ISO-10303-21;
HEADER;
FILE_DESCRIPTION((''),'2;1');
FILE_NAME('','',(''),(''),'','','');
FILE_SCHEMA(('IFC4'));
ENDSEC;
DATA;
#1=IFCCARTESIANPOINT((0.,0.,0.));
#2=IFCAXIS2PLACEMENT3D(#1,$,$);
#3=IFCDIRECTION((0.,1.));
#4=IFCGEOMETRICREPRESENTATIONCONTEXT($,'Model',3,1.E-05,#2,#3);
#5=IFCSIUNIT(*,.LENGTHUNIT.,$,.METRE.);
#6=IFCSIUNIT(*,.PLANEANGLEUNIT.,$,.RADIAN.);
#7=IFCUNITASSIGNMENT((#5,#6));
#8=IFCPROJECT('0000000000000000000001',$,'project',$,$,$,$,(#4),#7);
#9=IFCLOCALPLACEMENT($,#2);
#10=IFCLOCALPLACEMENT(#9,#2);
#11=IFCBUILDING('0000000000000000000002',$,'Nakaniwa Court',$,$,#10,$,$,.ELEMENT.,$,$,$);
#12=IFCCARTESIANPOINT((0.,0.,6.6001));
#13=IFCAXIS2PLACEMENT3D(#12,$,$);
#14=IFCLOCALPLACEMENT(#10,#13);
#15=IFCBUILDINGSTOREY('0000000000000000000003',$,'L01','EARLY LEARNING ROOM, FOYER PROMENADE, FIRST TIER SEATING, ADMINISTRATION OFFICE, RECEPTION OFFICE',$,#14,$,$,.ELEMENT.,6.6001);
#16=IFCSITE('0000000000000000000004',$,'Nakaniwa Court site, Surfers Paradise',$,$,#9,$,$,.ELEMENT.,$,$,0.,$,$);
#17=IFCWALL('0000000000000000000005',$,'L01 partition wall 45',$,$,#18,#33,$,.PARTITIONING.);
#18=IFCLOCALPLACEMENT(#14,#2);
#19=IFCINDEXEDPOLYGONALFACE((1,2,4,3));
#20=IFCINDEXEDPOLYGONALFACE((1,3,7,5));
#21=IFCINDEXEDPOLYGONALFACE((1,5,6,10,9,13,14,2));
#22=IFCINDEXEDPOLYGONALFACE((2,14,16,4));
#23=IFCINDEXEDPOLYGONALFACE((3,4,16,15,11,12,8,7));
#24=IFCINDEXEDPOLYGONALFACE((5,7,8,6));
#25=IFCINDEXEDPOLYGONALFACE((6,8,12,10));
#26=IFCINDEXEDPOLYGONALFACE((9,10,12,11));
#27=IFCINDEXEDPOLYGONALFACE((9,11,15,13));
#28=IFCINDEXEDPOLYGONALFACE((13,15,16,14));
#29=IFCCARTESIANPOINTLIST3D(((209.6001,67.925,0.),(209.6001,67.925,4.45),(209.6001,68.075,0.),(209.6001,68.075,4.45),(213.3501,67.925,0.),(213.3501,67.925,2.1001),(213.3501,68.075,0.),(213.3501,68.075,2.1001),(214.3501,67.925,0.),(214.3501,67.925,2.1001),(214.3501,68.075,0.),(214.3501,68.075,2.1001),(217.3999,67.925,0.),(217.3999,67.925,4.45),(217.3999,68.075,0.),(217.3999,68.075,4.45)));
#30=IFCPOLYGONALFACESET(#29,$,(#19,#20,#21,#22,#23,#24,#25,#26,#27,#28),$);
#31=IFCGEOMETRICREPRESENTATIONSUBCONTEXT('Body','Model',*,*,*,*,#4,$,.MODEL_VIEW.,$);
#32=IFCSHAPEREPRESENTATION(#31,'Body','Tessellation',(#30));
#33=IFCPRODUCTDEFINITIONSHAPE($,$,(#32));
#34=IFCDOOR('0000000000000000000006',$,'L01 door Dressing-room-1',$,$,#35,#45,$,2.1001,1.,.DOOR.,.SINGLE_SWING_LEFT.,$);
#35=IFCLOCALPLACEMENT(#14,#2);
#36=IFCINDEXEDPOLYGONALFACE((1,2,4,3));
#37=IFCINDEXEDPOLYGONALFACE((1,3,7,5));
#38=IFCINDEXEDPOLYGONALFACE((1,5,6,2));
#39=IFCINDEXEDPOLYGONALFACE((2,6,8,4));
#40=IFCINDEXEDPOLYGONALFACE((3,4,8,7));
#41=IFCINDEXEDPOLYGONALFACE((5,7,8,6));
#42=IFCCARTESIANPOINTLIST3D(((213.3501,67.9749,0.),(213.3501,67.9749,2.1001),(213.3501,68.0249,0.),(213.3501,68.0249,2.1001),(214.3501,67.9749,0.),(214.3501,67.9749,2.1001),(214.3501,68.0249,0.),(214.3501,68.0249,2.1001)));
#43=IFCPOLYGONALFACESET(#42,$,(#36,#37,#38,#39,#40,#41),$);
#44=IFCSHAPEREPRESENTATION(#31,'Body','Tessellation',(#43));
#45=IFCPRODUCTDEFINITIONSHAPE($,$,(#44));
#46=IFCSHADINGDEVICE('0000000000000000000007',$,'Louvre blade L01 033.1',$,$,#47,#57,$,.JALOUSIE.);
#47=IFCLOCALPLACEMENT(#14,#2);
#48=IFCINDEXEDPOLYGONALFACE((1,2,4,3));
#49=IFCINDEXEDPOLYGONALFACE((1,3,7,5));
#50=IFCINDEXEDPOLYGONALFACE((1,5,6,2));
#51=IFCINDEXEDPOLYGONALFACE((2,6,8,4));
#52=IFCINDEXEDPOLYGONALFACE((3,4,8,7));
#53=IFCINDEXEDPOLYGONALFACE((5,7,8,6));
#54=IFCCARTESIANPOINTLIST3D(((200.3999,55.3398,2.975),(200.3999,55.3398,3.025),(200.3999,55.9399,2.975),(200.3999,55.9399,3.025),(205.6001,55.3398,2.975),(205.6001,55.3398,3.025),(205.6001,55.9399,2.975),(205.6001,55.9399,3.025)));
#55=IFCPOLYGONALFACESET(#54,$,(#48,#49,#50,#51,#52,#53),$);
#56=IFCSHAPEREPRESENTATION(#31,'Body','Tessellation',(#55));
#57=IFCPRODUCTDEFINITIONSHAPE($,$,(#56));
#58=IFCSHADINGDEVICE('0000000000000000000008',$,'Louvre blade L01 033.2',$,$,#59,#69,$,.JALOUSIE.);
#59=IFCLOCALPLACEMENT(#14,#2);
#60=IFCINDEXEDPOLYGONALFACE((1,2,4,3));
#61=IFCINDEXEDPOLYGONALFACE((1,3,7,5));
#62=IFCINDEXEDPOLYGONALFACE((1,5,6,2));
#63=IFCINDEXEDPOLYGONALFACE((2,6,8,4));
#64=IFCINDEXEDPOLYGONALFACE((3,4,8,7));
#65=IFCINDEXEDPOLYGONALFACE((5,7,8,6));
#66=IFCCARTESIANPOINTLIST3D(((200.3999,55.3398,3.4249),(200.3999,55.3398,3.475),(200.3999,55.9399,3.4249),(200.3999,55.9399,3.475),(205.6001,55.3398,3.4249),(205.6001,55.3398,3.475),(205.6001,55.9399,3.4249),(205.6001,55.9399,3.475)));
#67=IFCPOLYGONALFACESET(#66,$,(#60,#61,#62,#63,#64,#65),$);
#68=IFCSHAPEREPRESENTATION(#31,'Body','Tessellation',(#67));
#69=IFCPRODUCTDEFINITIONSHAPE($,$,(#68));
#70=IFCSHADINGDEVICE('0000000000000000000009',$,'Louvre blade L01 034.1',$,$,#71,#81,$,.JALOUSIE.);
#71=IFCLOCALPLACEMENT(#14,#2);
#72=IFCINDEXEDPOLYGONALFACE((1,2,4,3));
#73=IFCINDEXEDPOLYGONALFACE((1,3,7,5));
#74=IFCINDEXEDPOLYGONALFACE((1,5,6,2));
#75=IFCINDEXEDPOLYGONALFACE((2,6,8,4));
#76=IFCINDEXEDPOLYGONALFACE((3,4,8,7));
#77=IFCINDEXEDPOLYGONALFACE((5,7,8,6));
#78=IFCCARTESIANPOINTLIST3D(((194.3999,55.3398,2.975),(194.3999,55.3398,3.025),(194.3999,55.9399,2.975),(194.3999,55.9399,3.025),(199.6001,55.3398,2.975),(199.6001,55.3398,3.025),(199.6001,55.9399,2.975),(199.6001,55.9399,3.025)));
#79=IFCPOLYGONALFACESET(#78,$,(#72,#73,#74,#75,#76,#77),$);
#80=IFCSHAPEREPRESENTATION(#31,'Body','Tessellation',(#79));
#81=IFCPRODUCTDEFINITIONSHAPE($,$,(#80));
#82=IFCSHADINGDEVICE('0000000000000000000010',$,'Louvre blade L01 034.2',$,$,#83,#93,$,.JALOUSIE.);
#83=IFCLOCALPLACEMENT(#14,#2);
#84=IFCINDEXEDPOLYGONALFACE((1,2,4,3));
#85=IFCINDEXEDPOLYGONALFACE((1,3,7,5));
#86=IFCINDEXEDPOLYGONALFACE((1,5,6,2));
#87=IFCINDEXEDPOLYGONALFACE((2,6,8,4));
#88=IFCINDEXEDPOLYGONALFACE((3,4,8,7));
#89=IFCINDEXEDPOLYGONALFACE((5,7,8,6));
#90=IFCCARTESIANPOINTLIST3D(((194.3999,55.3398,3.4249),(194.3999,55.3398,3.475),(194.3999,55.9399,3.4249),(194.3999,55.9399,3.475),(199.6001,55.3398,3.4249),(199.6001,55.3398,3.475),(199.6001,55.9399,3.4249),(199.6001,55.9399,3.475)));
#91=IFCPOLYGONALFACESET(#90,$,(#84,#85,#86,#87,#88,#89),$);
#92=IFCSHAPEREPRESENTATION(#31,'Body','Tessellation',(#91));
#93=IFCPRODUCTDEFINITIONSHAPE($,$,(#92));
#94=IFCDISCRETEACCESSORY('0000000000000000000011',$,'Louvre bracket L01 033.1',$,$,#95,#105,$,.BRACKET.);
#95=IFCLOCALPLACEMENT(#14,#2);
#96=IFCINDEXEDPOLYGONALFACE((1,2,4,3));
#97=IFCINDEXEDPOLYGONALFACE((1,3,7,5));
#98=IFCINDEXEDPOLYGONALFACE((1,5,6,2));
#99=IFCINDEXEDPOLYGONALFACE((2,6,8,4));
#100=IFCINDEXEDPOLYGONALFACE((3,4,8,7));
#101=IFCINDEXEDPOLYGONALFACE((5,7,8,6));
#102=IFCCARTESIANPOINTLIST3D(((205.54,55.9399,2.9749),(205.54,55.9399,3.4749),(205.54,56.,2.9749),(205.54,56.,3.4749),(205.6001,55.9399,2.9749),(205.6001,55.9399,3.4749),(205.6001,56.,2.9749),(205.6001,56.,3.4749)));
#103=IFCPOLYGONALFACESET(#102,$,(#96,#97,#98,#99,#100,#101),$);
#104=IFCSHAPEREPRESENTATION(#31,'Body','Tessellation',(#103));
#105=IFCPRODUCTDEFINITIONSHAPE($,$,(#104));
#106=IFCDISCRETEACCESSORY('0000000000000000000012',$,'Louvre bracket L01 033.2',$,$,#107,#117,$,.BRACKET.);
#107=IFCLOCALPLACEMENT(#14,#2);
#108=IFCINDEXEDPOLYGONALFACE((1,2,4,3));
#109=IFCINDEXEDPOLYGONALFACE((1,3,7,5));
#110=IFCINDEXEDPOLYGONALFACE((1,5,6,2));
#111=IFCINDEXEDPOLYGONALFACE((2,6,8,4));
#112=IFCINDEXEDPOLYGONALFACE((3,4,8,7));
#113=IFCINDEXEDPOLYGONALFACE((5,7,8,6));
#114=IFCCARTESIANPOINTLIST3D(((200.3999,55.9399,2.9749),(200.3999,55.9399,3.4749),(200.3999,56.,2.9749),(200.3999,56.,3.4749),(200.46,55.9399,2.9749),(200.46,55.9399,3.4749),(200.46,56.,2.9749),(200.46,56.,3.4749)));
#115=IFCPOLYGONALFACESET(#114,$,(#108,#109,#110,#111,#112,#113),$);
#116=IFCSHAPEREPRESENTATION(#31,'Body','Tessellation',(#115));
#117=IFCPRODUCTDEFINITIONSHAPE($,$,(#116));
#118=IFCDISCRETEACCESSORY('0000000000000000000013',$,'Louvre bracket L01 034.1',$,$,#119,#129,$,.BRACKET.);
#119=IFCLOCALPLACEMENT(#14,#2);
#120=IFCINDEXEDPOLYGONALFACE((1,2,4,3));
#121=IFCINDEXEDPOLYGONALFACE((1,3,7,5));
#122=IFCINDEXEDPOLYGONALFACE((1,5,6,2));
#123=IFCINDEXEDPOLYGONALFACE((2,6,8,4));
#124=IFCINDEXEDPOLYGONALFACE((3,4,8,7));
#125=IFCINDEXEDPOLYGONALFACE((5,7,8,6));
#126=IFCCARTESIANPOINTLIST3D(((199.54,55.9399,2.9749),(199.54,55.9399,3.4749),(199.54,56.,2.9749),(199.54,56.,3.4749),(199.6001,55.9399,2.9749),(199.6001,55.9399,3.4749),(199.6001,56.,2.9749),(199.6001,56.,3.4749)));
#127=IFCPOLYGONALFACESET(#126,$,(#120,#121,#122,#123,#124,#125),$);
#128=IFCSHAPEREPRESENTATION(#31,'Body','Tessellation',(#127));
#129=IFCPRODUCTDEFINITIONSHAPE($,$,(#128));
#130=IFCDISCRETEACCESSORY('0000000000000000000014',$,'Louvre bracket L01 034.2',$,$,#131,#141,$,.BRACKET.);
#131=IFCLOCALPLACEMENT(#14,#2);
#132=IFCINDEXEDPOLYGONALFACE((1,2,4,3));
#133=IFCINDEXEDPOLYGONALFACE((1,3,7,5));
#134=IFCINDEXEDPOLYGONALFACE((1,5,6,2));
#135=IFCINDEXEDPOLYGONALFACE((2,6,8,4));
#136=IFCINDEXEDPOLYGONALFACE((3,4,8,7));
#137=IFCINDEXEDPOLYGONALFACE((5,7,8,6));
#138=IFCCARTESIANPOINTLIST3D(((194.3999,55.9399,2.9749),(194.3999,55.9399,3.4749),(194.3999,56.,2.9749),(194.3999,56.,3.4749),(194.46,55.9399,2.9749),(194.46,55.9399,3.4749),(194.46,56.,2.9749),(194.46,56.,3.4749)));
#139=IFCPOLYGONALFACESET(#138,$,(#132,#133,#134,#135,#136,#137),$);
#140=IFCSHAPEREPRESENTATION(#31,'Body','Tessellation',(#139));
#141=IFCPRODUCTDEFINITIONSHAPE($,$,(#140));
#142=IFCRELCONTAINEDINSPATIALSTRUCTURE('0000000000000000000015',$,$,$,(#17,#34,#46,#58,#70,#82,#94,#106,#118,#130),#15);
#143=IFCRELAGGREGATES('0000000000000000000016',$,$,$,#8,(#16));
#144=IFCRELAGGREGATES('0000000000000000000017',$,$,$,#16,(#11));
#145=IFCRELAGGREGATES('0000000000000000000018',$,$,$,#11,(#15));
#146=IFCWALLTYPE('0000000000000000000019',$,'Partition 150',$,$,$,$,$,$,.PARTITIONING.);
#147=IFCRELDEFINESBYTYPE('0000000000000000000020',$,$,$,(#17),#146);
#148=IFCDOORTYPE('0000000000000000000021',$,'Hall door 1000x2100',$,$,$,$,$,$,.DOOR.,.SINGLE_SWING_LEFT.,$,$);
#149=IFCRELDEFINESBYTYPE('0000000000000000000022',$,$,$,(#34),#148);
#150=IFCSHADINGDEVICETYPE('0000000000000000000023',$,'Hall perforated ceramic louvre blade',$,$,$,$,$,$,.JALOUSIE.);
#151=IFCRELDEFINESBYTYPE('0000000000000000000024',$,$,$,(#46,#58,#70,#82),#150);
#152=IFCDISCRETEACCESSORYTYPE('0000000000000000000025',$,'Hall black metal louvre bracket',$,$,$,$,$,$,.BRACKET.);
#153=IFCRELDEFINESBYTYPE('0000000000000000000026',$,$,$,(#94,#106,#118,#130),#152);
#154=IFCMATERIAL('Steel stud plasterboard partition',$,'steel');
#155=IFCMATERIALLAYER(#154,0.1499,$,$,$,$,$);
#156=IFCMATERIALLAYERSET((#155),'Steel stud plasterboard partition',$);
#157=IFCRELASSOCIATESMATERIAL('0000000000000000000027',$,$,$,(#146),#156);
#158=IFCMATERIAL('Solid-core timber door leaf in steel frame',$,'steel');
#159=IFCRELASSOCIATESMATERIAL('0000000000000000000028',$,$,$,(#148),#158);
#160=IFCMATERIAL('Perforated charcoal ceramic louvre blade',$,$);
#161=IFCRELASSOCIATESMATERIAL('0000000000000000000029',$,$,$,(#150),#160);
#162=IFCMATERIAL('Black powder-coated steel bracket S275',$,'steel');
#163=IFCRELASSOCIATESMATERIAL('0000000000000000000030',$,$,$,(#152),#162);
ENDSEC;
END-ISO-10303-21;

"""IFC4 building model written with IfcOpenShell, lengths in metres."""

from ifc_helpers import new_model, si_unit, direction, frame, frame_2d, origin, origin_2d, place, context, subcontext, project, spatial, rectangle, extrude, material, layer, layer_set, material_profile, profile_set, type_object, element, fill, save


model = new_model("IFC4")

# Units and contexts
model_context = context("Model", 3, precision=1e-05, world=origin(), true_north=direction((0.0, 1.0)))
body_context = subcontext(model_context, "Body", "Model", "MODEL_VIEW")
ifc_project = project(units=[si_unit("LENGTHUNIT", "METRE"), si_unit("PLANEANGLEUNIT", "RADIAN")], contexts=[model_context])

# Site, building, storey
site_placement = place(None, origin())
site = spatial("IfcSite", under=ifc_project, at=site_placement, Name="Nakaniwa Court site, Surfers Paradise", CompositionType="ELEMENT", RefElevation=0.0)
building_placement = place(site_placement, origin())
building = spatial("IfcBuilding", under=site, at=building_placement, Name="Nakaniwa Court", CompositionType="ELEMENT")
storey_placement = place(building_placement, frame((0.0, 0.0, 6.6001)))
storey = spatial("IfcBuildingStorey", under=building, at=storey_placement, Name="L01", Description="EARLY LEARNING ROOM, FOYER PROMENADE, FIRST TIER SEATING, ADMINISTRATION OFFICE, RECEPTION OFFICE", CompositionType="ELEMENT", Elevation=6.6001)

# Shared definitions
ifc_material_1 = material(Name="Steel stud plasterboard partition", Category="steel")
ifc_layer_1 = layer(ifc_material_1, 0.1499)
ifc_layer_set_1 = layer_set([ifc_layer_1], Name="Steel stud plasterboard partition")
wall_type_1 = type_object("IfcWallType", Name="Partition 150", PredefinedType="PARTITIONING", material=ifc_layer_set_1)
ifc_material_2 = material(Name="Solid-core timber door leaf in steel frame", Category="steel")
door_type_1 = type_object("IfcDoorType", Name="Hall door 1000x2100", OperationType="SINGLE_SWING_LEFT", PredefinedType="DOOR", material=ifc_material_2)

# Wall, opening, door
wall_1_placement = place(storey_placement, frame((209.6001, 68.0, 0.0), z_axis=(0.0, 0.0, 1.0), x_axis=(1.0, 0.0, 0.0)))
wall_1 = element("IfcWall", 1, at=wall_1_placement, inside=storey, type_object=wall_type_1, Name="L01 partition wall 45", PredefinedType="PARTITIONING", context=body_context, shape_type="SweptSolid", body=[
    extrude(rectangle(XDim=7.7998, YDim=0.1499, at=frame_2d((3.8999, 0.0))), origin(), (0.0, 0.0, 1.0), 4.45),
])
opening_1_placement = place(wall_1_placement, frame((3.75, 0.0, 0.0)))
opening_1 = element("IfcOpeningElement", 2, at=opening_1_placement, cuts=wall_1, PredefinedType="OPENING", context=body_context, shape_type="SweptSolid", body=[
    extrude(rectangle(XDim=1.0, YDim=2.1001, at=frame_2d((0.5, 1.05))), frame((0.0, 0.085, 0.0), z_axis=(0.0, -1.0, 0.0), x_axis=(1.0, 0.0, 0.0)), (0.0, 0.0, 1.0), 0.1699),
])
door_1_placement = place(opening_1_placement, origin())
door_1 = element("IfcDoor", 3, at=door_1_placement, inside=storey, type_object=door_type_1, Name="L01 door Dressing-room-1", OperationType="SINGLE_SWING_LEFT", OverallHeight=2.1001, OverallWidth=1.0, PredefinedType="DOOR", context=body_context, shape_type="SweptSolid", body=[
    extrude(rectangle(XDim=1.0, YDim=2.1001, at=frame_2d((0.5, 1.05))), frame((0.0, 0.0249, 0.0), z_axis=(0.0, -1.0, 0.0), x_axis=(1.0, 0.0, 0.0)), (0.0, 0.0, 1.0), 0.05),
])
fill(opening_1, door_1)

# Shading devices
ifc_material_3 = material(Name="Perforated charcoal ceramic louvre blade")
ifc_material_profile_1 = material_profile(ifc_material_3, rectangle(XDim=0.6001, YDim=0.05, at=origin_2d()), Name="Hall perforated ceramic louvre blade")
ifc_profile_set_1 = profile_set([ifc_material_profile_1], Name="Perforated charcoal ceramic louvre blade")
shading_device_type = type_object("IfcShadingDeviceType", Name="Hall perforated ceramic louvre blade", PredefinedType="JALOUSIE", material=ifc_profile_set_1)
for number, where, z_axis, x_axis, name in (
    (4, (205.6001, 55.6399, 3.0), (-1.0, 0.0, 0.0), (0.0, -1.0, 0.0), "Louvre blade L01 033.1"),
    (5, (205.6001, 55.6399, 3.45), (-1.0, 0.0, 0.0), (0.0, -1.0, 0.0), "Louvre blade L01 033.2"),
    (6, (199.6001, 55.6399, 3.0), (-1.0, 0.0, 0.0), (0.0, -1.0, 0.0), "Louvre blade L01 034.1"),
    (7, (199.6001, 55.6399, 3.45), (-1.0, 0.0, 0.0), (0.0, -1.0, 0.0), "Louvre blade L01 034.2"),
):
    element("IfcShadingDevice", number, at=place(storey_placement, frame(where, z_axis=z_axis, x_axis=x_axis)), inside=storey, type_object=shading_device_type, Name=name, PredefinedType="JALOUSIE", context=body_context, shape_type="SweptSolid", body=[
        extrude(rectangle(XDim=0.6001, YDim=0.05, at=origin_2d()), origin(), (0.0, 0.0, 1.0), 5.2002),
    ])

# Discrete accessories
ifc_material_4 = material(Name="Black powder-coated steel bracket S275", Category="steel")
discrete_accessory_type = type_object("IfcDiscreteAccessoryType", Name="Hall black metal louvre bracket", PredefinedType="BRACKET", material=ifc_material_4)
for number, where, z_axis, x_axis, name in (
    (8, (205.5701, 55.97, 2.9749), (0.0, 0.0, 1.0), (-1.0, 0.0, 0.0), "Louvre bracket L01 033.1"),
    (9, (200.4299, 55.97, 2.9749), (0.0, 0.0, 1.0), (-1.0, 0.0, 0.0), "Louvre bracket L01 033.2"),
    (10, (199.5701, 55.97, 2.9749), (0.0, 0.0, 1.0), (-1.0, 0.0, 0.0), "Louvre bracket L01 034.1"),
    (11, (194.4299, 55.97, 2.9749), (0.0, 0.0, 1.0), (-1.0, 0.0, 0.0), "Louvre bracket L01 034.2"),
):
    element("IfcDiscreteAccessory", number, at=place(storey_placement, frame(where, z_axis=z_axis, x_axis=x_axis)), inside=storey, type_object=discrete_accessory_type, Name=name, PredefinedType="BRACKET", context=body_context, shape_type="SweptSolid", body=[
        extrude(rectangle(XDim=0.0601, YDim=0.0601, at=origin_2d()), origin(), (0.0, 0.0, 1.0), 0.5),
    ])

save(model, "model.ifc")
